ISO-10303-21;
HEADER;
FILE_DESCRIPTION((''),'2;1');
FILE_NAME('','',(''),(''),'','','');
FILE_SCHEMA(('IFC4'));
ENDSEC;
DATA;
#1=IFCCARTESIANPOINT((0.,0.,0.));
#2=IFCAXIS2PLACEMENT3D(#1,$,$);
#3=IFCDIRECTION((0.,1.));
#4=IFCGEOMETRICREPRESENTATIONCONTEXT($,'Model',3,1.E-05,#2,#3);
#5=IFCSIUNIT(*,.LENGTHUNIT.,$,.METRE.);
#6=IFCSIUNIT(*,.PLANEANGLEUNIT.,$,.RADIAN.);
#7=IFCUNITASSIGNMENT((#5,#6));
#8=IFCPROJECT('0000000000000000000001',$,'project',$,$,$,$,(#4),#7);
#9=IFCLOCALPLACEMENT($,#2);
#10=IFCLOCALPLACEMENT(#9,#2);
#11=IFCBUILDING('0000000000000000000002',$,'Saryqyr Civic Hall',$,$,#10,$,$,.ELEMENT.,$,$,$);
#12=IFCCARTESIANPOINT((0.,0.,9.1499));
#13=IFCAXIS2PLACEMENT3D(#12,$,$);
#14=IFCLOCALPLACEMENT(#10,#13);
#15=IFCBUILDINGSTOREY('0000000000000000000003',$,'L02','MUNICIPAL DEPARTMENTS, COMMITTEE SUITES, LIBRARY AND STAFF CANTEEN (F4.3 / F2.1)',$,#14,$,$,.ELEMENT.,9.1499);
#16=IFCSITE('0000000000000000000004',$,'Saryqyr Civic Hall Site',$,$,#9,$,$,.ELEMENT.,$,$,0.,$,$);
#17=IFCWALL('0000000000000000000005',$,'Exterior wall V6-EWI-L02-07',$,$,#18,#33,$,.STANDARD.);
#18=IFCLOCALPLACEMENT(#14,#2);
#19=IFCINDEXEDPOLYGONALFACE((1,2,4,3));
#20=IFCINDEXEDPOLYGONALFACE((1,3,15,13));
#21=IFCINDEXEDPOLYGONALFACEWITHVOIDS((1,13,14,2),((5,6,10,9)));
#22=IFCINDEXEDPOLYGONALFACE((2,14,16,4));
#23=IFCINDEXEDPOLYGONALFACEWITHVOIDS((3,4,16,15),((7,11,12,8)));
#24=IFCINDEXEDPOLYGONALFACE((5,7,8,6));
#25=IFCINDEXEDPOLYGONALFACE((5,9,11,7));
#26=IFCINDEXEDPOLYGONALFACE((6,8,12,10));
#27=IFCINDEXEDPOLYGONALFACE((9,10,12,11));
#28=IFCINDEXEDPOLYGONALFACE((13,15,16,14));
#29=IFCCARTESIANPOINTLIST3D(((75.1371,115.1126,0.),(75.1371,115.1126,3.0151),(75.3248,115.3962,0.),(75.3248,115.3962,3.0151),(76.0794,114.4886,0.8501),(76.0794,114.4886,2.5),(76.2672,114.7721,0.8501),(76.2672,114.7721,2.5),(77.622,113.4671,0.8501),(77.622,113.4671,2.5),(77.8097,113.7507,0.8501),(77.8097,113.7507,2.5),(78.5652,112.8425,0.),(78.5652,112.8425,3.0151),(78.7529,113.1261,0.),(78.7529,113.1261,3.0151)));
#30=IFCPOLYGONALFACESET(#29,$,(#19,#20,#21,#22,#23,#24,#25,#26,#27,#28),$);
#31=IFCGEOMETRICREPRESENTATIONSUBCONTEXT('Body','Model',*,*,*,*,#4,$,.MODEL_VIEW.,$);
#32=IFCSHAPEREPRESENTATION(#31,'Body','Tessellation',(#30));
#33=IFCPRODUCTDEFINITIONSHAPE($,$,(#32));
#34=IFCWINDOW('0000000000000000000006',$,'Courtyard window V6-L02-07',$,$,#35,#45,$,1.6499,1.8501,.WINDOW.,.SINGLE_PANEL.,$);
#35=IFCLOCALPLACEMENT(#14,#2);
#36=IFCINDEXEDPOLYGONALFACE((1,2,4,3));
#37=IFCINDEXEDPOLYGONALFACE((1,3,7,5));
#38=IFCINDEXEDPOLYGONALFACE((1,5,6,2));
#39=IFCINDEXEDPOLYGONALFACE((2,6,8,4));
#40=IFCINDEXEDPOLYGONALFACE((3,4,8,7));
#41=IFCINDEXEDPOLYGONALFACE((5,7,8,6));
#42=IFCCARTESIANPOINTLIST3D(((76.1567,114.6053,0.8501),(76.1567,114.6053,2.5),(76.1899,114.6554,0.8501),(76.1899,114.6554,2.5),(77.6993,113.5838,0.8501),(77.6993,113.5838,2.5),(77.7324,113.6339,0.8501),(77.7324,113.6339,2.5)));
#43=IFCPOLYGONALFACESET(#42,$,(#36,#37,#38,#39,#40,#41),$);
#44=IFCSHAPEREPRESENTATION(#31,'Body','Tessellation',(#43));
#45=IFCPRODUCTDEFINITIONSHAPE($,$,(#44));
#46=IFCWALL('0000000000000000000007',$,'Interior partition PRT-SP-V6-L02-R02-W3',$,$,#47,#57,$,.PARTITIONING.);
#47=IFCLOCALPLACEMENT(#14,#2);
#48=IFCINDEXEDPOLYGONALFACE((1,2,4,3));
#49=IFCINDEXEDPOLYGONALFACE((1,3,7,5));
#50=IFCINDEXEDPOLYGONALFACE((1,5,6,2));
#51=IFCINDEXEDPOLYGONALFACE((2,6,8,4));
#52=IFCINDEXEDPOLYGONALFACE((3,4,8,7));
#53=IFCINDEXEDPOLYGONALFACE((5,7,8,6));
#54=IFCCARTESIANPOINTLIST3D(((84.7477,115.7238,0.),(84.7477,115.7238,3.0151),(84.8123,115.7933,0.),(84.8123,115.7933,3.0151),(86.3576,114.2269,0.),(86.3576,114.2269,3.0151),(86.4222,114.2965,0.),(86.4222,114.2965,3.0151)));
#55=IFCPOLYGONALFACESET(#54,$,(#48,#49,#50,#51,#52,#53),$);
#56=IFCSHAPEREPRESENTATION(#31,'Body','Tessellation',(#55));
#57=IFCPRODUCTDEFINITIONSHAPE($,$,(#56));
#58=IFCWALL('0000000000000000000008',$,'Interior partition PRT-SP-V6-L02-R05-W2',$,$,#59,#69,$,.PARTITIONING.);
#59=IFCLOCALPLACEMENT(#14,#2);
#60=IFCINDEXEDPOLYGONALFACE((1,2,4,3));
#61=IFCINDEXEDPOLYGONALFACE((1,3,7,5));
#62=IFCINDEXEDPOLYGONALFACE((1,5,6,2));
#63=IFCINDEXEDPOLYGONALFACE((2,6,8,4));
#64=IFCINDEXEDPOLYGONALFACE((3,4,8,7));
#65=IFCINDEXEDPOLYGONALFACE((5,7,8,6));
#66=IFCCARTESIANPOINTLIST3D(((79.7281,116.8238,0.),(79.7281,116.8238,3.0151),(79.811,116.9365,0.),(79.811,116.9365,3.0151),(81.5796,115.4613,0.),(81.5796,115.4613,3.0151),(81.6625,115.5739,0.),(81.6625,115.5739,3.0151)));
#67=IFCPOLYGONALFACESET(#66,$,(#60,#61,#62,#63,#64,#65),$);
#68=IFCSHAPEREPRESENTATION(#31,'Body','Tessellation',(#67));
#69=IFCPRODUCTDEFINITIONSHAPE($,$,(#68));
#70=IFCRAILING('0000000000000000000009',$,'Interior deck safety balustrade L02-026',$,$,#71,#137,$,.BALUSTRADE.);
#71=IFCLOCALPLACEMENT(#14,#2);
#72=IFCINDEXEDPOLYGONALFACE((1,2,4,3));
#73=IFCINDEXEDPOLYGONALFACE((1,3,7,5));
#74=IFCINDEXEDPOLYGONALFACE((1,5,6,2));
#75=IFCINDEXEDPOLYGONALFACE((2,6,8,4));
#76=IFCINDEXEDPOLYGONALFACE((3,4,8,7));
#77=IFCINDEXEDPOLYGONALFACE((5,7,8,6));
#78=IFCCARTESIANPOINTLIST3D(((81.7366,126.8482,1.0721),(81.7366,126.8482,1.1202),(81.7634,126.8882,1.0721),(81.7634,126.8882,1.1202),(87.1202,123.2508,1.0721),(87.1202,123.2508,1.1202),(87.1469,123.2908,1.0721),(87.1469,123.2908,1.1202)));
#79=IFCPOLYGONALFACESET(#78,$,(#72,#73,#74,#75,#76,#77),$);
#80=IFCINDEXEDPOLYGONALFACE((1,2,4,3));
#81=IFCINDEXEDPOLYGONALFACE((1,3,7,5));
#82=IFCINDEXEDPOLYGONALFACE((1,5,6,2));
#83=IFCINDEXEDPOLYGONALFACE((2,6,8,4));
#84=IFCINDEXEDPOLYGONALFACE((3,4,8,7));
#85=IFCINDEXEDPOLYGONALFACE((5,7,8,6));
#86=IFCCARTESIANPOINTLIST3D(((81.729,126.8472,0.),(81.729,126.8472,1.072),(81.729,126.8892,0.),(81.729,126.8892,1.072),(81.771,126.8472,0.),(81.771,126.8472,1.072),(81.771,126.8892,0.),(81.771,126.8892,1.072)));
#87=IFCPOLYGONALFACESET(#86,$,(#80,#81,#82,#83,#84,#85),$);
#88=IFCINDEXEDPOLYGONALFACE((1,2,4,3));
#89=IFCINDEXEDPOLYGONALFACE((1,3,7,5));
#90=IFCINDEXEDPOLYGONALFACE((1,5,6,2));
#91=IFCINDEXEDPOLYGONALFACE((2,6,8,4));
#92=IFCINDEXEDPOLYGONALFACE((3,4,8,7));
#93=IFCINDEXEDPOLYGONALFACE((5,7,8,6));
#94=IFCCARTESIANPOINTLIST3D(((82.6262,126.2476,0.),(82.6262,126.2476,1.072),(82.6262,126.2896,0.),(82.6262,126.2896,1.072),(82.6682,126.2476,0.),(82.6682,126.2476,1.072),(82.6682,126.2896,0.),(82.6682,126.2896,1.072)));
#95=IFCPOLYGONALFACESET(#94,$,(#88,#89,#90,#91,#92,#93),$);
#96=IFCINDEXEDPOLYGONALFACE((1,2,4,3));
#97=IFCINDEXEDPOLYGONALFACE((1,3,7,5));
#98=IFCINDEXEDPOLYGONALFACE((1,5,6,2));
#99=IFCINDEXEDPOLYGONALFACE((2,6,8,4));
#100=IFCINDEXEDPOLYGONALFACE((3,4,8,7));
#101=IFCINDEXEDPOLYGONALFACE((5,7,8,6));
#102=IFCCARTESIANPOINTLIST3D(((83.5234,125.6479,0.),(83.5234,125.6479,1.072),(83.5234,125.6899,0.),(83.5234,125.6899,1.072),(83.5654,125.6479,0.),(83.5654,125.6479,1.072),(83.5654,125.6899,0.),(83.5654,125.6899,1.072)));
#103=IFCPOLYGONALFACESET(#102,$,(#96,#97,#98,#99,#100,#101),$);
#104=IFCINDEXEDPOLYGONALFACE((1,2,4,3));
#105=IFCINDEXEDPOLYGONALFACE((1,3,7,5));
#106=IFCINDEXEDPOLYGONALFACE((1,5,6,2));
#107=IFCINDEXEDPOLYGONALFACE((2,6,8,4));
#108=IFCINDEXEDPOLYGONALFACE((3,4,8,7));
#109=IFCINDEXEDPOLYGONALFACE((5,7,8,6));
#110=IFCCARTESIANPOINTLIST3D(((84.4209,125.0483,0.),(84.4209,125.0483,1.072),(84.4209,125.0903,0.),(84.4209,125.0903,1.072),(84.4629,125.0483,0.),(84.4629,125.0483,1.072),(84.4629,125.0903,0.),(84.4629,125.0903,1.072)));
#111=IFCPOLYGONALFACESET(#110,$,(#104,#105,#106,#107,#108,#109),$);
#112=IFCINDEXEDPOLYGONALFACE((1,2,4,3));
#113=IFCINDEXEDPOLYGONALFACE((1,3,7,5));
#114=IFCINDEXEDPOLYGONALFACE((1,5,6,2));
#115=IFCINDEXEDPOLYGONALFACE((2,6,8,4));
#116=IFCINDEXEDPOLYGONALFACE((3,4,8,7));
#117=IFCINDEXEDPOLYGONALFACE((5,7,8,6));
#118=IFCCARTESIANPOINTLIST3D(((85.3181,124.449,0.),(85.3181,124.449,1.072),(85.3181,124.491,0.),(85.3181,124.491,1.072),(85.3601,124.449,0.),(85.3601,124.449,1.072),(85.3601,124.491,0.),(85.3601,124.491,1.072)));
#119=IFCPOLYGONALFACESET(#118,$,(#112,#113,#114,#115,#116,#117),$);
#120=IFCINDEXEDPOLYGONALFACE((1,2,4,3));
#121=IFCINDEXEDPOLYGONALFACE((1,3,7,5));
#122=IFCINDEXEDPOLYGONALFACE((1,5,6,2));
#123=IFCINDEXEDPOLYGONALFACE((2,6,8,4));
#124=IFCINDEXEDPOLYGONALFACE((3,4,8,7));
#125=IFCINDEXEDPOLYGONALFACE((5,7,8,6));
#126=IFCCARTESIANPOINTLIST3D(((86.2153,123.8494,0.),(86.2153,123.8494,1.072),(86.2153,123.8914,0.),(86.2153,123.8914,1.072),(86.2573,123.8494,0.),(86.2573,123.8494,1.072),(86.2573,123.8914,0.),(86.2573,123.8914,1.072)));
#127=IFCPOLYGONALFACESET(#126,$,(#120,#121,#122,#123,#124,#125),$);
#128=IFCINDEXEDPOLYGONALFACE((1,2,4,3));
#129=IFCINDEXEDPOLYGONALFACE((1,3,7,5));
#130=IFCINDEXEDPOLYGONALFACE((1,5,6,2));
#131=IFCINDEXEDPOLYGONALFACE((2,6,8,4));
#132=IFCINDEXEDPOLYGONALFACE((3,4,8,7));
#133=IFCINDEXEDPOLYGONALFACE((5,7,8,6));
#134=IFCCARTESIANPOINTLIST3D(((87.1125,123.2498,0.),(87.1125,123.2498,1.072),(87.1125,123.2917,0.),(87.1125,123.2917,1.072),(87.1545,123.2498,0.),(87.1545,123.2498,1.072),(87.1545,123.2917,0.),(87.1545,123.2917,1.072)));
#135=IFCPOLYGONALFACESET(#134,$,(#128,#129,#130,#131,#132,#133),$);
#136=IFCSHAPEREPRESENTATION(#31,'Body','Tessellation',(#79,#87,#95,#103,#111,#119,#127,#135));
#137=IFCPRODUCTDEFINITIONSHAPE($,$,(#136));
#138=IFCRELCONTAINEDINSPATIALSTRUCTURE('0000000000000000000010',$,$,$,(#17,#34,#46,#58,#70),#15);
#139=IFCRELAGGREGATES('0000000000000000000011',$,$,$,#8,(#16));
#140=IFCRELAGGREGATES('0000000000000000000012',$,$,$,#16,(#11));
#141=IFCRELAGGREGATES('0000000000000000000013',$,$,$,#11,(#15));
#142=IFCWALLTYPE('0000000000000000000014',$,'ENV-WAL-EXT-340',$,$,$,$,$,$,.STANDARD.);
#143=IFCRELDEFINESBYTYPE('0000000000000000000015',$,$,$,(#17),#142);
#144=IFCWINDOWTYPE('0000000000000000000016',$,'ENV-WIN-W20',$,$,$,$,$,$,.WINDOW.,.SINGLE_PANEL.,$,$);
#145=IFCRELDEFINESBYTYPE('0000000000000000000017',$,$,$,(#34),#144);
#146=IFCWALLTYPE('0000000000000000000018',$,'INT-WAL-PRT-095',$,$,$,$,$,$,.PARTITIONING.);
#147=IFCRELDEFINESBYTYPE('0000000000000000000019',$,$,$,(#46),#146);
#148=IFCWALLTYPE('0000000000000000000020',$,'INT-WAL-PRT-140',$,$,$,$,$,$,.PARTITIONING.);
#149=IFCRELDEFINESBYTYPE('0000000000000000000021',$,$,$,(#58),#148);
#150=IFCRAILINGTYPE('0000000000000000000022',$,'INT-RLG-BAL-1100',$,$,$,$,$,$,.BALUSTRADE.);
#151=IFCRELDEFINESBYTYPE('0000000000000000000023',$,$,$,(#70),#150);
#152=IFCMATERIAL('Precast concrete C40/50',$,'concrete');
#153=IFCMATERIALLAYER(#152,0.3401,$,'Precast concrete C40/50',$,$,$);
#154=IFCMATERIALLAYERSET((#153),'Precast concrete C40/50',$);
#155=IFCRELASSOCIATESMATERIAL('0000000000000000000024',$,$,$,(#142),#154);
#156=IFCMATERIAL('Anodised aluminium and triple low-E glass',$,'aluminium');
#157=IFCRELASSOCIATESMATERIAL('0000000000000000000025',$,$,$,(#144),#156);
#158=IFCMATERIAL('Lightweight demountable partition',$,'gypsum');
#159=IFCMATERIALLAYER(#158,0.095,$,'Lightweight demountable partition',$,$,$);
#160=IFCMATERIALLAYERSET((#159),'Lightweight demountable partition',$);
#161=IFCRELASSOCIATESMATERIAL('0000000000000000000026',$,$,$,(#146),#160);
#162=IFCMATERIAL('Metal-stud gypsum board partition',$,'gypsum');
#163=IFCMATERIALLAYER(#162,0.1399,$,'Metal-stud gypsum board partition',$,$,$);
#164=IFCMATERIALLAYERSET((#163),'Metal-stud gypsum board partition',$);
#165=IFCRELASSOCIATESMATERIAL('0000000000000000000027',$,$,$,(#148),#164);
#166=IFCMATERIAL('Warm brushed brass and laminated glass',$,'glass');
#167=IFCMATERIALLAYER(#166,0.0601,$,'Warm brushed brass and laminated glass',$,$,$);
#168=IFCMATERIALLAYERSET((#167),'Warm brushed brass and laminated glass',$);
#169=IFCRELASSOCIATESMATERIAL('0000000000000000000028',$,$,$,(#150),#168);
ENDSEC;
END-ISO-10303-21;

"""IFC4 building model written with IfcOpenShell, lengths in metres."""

from ifc_helpers import new_model, si_unit, direction, frame, frame_2d, origin, origin_2d, place, context, subcontext, project, spatial, rectangle, extrude, material, layer, layer_set, type_object, element, fill, save


model = new_model("IFC4")

# Units and contexts
model_context = context("Model", 3, precision=1e-05, world=origin(), true_north=direction((0.0, 1.0)))
body_context = subcontext(model_context, "Body", "Model", "MODEL_VIEW")
ifc_project = project(units=[si_unit("LENGTHUNIT", "METRE"), si_unit("PLANEANGLEUNIT", "RADIAN")], contexts=[model_context])

# Site, building, storey
site_placement = place(None, origin())
site = spatial("IfcSite", under=ifc_project, at=site_placement, Name="Saryqyr Civic Hall Site", CompositionType="ELEMENT", RefElevation=0.0)
building_placement = place(site_placement, origin())
building = spatial("IfcBuilding", under=site, at=building_placement, Name="Saryqyr Civic Hall", CompositionType="ELEMENT")
storey_placement = place(building_placement, frame((0.0, 0.0, 9.1499)))
storey = spatial("IfcBuildingStorey", under=building, at=storey_placement, Name="L02", Description="MUNICIPAL DEPARTMENTS, COMMITTEE SUITES, LIBRARY AND STAFF CANTEEN (F4.3 / F2.1)", CompositionType="ELEMENT", Elevation=9.1499)

# Shared definitions
ifc_material_1 = material(Name="Anodised aluminium and triple low-E glass", Category="aluminium")

# Shared definitions
ifc_material_2 = material(Name="Precast concrete C40/50", Category="concrete")

# Wall, opening, window
ifc_layer_1 = layer(ifc_material_2, 0.3401, Name="Precast concrete C40/50")
ifc_layer_set_1 = layer_set([ifc_layer_1], Name="Precast concrete C40/50")
wall_type_1 = type_object("IfcWallType", Name="ENV-WAL-EXT-340", PredefinedType="STANDARD", material=ifc_layer_set_1)
wall_1_placement = place(storey_placement, frame((78.6589, 112.9844, 0.0), z_axis=(0.0, 0.0, 1.0), x_axis=(-0.833764, 0.552121, 0.0)))
wall_1 = element("IfcWall", 1, at=wall_1_placement, inside=storey, type_object=wall_type_1, Name="Exterior wall V6-EWI-L02-07", PredefinedType="STANDARD", context=body_context, shape_type="SweptSolid", body=[
    extrude(rectangle(XDim=4.1116, YDim=0.3401, at=frame_2d((2.0557, 0.0))), origin(), (0.0, 0.0, 1.0), 3.0151),
])
opening_placement = place(wall_1_placement, frame((1.1311, 0.0, 0.8501)))
opening = element("IfcOpeningElement", 2, at=opening_placement, cuts=wall_1, PredefinedType="OPENING", context=body_context, shape_type="SweptSolid", body=[
    extrude(rectangle(XDim=1.8501, YDim=1.6499, at=frame_2d((0.925, 0.825))), frame((0.0, 0.1799, 0.0), z_axis=(0.0, -1.0, 0.0), x_axis=(1.0, 0.0, 0.0)), (0.0, 0.0, 1.0), 0.3601),
])
window_type = type_object("IfcWindowType", Name="ENV-WIN-W20", PartitioningType="SINGLE_PANEL", PredefinedType="WINDOW", material=ifc_material_1)
window_placement = place(opening_placement, origin())
window = element("IfcWindow", 3, at=window_placement, inside=storey, type_object=window_type, Name="Courtyard window V6-L02-07", OverallHeight=1.6499, OverallWidth=1.8501, PartitioningType="SINGLE_PANEL", PredefinedType="WINDOW", context=body_context, shape_type="SweptSolid", body=[
    extrude(rectangle(XDim=1.8501, YDim=1.6499, at=frame_2d((0.925, 0.825))), frame((0.0, 0.03, 0.0), z_axis=(0.0, -1.0, 0.0), x_axis=(1.0, 0.0, 0.0)), (0.0, 0.0, 1.0), 0.0601),
])
fill(opening, window)

# Walls
ifc_material_3 = material(Name="Lightweight demountable partition", Category="gypsum")
ifc_layer_2 = layer(ifc_material_3, 0.095, Name="Lightweight demountable partition")
ifc_layer_set_2 = layer_set([ifc_layer_2], Name="Lightweight demountable partition")
wall_type_2 = type_object("IfcWallType", Name="INT-WAL-PRT-095", PredefinedType="PARTITIONING", material=ifc_layer_set_2)
wall_2_placement = place(storey_placement, frame((86.3899, 114.2617, 0.0), z_axis=(0.0, 0.0, 1.0), x_axis=(-0.73235, 0.680928, 0.0)))
element("IfcWall", 4, at=wall_2_placement, inside=storey, type_object=wall_type_2, Name="Interior partition PRT-SP-V6-L02-R02-W3", PredefinedType="PARTITIONING", context=body_context, shape_type="SweptSolid", body=[
    extrude(rectangle(XDim=2.1982, YDim=0.095, at=frame_2d((1.0991, 0.0))), origin(), (0.0, 0.0, 1.0), 3.0151),
])
ifc_material_4 = material(Name="Metal-stud gypsum board partition", Category="gypsum")
ifc_layer_3 = layer(ifc_material_4, 0.1399, Name="Metal-stud gypsum board partition")
ifc_layer_set_3 = layer_set([ifc_layer_3], Name="Metal-stud gypsum board partition")
wall_type_3 = type_object("IfcWallType", Name="INT-WAL-PRT-140", PredefinedType="PARTITIONING", material=ifc_layer_set_3)
wall_3_placement = place(storey_placement, frame((79.7695, 116.8801, 0.0), z_axis=(0.0, 0.0, 1.0), x_axis=(0.805421, -0.592703, 0.0)))
element("IfcWall", 5, at=wall_3_placement, inside=storey, type_object=wall_type_3, Name="Interior partition PRT-SP-V6-L02-R05-W2", PredefinedType="PARTITIONING", context=body_context, shape_type="SweptSolid", body=[
    extrude(rectangle(XDim=2.2988, YDim=0.1399, at=frame_2d((1.1494, 0.0))), origin(), (0.0, 0.0, 1.0), 3.0151),
])

# Railing
ifc_material_5 = material(Name="Warm brushed brass and laminated glass", Category="glass")
ifc_layer_4 = layer(ifc_material_5, 0.0601, Name="Warm brushed brass and laminated glass")
ifc_layer_set_4 = layer_set([ifc_layer_4], Name="Warm brushed brass and laminated glass")
railing_type = type_object("IfcRailingType", Name="INT-RLG-BAL-1100", PredefinedType="BALUSTRADE", material=ifc_layer_set_4)
railing_placement = place(storey_placement, frame((81.75, 126.8682, 0.0)))
element("IfcRailing", 6, at=railing_placement, inside=storey, type_object=railing_type, Name="Interior deck safety balustrade L02-026", PredefinedType="BALUSTRADE", context=body_context, shape_type="SweptSolid", body=[
    extrude(rectangle(XDim=0.0481, YDim=0.0481, at=origin_2d()), frame((0.0, 0.0, 1.0962), z_axis=(0.831452, -0.555596, 0.0), x_axis=(0.555596, 0.831452, 0.0)), (0.0, 0.0, 1.0), 6.4749),
    extrude(rectangle(XDim=0.042, YDim=0.042, at=origin_2d()), origin(), (0.0, 0.0, 1.0), 1.072),
    extrude(rectangle(XDim=0.042, YDim=0.042, at=origin_2d()), frame((0.8972, -0.5996, 0.0)), (0.0, 0.0, 1.0), 1.072),
    extrude(rectangle(XDim=0.042, YDim=0.042, at=origin_2d()), frame((1.7944, -1.1992, 0.0)), (0.0, 0.0, 1.0), 1.072),
    extrude(rectangle(XDim=0.042, YDim=0.042, at=origin_2d()), frame((2.6919, -1.7988, 0.0)), (0.0, 0.0, 1.0), 1.072),
    extrude(rectangle(XDim=0.042, YDim=0.042, at=origin_2d()), frame((3.5891, -2.3982, 0.0)), (0.0, 0.0, 1.0), 1.072),
    extrude(rectangle(XDim=0.042, YDim=0.042, at=origin_2d()), frame((4.4863, -2.9978, 0.0)), (0.0, 0.0, 1.0), 1.072),
    extrude(rectangle(XDim=0.042, YDim=0.042, at=origin_2d()), frame((5.3835, -3.5974, 0.0)), (0.0, 0.0, 1.0), 1.072),
])

save(model, "model.ifc")
